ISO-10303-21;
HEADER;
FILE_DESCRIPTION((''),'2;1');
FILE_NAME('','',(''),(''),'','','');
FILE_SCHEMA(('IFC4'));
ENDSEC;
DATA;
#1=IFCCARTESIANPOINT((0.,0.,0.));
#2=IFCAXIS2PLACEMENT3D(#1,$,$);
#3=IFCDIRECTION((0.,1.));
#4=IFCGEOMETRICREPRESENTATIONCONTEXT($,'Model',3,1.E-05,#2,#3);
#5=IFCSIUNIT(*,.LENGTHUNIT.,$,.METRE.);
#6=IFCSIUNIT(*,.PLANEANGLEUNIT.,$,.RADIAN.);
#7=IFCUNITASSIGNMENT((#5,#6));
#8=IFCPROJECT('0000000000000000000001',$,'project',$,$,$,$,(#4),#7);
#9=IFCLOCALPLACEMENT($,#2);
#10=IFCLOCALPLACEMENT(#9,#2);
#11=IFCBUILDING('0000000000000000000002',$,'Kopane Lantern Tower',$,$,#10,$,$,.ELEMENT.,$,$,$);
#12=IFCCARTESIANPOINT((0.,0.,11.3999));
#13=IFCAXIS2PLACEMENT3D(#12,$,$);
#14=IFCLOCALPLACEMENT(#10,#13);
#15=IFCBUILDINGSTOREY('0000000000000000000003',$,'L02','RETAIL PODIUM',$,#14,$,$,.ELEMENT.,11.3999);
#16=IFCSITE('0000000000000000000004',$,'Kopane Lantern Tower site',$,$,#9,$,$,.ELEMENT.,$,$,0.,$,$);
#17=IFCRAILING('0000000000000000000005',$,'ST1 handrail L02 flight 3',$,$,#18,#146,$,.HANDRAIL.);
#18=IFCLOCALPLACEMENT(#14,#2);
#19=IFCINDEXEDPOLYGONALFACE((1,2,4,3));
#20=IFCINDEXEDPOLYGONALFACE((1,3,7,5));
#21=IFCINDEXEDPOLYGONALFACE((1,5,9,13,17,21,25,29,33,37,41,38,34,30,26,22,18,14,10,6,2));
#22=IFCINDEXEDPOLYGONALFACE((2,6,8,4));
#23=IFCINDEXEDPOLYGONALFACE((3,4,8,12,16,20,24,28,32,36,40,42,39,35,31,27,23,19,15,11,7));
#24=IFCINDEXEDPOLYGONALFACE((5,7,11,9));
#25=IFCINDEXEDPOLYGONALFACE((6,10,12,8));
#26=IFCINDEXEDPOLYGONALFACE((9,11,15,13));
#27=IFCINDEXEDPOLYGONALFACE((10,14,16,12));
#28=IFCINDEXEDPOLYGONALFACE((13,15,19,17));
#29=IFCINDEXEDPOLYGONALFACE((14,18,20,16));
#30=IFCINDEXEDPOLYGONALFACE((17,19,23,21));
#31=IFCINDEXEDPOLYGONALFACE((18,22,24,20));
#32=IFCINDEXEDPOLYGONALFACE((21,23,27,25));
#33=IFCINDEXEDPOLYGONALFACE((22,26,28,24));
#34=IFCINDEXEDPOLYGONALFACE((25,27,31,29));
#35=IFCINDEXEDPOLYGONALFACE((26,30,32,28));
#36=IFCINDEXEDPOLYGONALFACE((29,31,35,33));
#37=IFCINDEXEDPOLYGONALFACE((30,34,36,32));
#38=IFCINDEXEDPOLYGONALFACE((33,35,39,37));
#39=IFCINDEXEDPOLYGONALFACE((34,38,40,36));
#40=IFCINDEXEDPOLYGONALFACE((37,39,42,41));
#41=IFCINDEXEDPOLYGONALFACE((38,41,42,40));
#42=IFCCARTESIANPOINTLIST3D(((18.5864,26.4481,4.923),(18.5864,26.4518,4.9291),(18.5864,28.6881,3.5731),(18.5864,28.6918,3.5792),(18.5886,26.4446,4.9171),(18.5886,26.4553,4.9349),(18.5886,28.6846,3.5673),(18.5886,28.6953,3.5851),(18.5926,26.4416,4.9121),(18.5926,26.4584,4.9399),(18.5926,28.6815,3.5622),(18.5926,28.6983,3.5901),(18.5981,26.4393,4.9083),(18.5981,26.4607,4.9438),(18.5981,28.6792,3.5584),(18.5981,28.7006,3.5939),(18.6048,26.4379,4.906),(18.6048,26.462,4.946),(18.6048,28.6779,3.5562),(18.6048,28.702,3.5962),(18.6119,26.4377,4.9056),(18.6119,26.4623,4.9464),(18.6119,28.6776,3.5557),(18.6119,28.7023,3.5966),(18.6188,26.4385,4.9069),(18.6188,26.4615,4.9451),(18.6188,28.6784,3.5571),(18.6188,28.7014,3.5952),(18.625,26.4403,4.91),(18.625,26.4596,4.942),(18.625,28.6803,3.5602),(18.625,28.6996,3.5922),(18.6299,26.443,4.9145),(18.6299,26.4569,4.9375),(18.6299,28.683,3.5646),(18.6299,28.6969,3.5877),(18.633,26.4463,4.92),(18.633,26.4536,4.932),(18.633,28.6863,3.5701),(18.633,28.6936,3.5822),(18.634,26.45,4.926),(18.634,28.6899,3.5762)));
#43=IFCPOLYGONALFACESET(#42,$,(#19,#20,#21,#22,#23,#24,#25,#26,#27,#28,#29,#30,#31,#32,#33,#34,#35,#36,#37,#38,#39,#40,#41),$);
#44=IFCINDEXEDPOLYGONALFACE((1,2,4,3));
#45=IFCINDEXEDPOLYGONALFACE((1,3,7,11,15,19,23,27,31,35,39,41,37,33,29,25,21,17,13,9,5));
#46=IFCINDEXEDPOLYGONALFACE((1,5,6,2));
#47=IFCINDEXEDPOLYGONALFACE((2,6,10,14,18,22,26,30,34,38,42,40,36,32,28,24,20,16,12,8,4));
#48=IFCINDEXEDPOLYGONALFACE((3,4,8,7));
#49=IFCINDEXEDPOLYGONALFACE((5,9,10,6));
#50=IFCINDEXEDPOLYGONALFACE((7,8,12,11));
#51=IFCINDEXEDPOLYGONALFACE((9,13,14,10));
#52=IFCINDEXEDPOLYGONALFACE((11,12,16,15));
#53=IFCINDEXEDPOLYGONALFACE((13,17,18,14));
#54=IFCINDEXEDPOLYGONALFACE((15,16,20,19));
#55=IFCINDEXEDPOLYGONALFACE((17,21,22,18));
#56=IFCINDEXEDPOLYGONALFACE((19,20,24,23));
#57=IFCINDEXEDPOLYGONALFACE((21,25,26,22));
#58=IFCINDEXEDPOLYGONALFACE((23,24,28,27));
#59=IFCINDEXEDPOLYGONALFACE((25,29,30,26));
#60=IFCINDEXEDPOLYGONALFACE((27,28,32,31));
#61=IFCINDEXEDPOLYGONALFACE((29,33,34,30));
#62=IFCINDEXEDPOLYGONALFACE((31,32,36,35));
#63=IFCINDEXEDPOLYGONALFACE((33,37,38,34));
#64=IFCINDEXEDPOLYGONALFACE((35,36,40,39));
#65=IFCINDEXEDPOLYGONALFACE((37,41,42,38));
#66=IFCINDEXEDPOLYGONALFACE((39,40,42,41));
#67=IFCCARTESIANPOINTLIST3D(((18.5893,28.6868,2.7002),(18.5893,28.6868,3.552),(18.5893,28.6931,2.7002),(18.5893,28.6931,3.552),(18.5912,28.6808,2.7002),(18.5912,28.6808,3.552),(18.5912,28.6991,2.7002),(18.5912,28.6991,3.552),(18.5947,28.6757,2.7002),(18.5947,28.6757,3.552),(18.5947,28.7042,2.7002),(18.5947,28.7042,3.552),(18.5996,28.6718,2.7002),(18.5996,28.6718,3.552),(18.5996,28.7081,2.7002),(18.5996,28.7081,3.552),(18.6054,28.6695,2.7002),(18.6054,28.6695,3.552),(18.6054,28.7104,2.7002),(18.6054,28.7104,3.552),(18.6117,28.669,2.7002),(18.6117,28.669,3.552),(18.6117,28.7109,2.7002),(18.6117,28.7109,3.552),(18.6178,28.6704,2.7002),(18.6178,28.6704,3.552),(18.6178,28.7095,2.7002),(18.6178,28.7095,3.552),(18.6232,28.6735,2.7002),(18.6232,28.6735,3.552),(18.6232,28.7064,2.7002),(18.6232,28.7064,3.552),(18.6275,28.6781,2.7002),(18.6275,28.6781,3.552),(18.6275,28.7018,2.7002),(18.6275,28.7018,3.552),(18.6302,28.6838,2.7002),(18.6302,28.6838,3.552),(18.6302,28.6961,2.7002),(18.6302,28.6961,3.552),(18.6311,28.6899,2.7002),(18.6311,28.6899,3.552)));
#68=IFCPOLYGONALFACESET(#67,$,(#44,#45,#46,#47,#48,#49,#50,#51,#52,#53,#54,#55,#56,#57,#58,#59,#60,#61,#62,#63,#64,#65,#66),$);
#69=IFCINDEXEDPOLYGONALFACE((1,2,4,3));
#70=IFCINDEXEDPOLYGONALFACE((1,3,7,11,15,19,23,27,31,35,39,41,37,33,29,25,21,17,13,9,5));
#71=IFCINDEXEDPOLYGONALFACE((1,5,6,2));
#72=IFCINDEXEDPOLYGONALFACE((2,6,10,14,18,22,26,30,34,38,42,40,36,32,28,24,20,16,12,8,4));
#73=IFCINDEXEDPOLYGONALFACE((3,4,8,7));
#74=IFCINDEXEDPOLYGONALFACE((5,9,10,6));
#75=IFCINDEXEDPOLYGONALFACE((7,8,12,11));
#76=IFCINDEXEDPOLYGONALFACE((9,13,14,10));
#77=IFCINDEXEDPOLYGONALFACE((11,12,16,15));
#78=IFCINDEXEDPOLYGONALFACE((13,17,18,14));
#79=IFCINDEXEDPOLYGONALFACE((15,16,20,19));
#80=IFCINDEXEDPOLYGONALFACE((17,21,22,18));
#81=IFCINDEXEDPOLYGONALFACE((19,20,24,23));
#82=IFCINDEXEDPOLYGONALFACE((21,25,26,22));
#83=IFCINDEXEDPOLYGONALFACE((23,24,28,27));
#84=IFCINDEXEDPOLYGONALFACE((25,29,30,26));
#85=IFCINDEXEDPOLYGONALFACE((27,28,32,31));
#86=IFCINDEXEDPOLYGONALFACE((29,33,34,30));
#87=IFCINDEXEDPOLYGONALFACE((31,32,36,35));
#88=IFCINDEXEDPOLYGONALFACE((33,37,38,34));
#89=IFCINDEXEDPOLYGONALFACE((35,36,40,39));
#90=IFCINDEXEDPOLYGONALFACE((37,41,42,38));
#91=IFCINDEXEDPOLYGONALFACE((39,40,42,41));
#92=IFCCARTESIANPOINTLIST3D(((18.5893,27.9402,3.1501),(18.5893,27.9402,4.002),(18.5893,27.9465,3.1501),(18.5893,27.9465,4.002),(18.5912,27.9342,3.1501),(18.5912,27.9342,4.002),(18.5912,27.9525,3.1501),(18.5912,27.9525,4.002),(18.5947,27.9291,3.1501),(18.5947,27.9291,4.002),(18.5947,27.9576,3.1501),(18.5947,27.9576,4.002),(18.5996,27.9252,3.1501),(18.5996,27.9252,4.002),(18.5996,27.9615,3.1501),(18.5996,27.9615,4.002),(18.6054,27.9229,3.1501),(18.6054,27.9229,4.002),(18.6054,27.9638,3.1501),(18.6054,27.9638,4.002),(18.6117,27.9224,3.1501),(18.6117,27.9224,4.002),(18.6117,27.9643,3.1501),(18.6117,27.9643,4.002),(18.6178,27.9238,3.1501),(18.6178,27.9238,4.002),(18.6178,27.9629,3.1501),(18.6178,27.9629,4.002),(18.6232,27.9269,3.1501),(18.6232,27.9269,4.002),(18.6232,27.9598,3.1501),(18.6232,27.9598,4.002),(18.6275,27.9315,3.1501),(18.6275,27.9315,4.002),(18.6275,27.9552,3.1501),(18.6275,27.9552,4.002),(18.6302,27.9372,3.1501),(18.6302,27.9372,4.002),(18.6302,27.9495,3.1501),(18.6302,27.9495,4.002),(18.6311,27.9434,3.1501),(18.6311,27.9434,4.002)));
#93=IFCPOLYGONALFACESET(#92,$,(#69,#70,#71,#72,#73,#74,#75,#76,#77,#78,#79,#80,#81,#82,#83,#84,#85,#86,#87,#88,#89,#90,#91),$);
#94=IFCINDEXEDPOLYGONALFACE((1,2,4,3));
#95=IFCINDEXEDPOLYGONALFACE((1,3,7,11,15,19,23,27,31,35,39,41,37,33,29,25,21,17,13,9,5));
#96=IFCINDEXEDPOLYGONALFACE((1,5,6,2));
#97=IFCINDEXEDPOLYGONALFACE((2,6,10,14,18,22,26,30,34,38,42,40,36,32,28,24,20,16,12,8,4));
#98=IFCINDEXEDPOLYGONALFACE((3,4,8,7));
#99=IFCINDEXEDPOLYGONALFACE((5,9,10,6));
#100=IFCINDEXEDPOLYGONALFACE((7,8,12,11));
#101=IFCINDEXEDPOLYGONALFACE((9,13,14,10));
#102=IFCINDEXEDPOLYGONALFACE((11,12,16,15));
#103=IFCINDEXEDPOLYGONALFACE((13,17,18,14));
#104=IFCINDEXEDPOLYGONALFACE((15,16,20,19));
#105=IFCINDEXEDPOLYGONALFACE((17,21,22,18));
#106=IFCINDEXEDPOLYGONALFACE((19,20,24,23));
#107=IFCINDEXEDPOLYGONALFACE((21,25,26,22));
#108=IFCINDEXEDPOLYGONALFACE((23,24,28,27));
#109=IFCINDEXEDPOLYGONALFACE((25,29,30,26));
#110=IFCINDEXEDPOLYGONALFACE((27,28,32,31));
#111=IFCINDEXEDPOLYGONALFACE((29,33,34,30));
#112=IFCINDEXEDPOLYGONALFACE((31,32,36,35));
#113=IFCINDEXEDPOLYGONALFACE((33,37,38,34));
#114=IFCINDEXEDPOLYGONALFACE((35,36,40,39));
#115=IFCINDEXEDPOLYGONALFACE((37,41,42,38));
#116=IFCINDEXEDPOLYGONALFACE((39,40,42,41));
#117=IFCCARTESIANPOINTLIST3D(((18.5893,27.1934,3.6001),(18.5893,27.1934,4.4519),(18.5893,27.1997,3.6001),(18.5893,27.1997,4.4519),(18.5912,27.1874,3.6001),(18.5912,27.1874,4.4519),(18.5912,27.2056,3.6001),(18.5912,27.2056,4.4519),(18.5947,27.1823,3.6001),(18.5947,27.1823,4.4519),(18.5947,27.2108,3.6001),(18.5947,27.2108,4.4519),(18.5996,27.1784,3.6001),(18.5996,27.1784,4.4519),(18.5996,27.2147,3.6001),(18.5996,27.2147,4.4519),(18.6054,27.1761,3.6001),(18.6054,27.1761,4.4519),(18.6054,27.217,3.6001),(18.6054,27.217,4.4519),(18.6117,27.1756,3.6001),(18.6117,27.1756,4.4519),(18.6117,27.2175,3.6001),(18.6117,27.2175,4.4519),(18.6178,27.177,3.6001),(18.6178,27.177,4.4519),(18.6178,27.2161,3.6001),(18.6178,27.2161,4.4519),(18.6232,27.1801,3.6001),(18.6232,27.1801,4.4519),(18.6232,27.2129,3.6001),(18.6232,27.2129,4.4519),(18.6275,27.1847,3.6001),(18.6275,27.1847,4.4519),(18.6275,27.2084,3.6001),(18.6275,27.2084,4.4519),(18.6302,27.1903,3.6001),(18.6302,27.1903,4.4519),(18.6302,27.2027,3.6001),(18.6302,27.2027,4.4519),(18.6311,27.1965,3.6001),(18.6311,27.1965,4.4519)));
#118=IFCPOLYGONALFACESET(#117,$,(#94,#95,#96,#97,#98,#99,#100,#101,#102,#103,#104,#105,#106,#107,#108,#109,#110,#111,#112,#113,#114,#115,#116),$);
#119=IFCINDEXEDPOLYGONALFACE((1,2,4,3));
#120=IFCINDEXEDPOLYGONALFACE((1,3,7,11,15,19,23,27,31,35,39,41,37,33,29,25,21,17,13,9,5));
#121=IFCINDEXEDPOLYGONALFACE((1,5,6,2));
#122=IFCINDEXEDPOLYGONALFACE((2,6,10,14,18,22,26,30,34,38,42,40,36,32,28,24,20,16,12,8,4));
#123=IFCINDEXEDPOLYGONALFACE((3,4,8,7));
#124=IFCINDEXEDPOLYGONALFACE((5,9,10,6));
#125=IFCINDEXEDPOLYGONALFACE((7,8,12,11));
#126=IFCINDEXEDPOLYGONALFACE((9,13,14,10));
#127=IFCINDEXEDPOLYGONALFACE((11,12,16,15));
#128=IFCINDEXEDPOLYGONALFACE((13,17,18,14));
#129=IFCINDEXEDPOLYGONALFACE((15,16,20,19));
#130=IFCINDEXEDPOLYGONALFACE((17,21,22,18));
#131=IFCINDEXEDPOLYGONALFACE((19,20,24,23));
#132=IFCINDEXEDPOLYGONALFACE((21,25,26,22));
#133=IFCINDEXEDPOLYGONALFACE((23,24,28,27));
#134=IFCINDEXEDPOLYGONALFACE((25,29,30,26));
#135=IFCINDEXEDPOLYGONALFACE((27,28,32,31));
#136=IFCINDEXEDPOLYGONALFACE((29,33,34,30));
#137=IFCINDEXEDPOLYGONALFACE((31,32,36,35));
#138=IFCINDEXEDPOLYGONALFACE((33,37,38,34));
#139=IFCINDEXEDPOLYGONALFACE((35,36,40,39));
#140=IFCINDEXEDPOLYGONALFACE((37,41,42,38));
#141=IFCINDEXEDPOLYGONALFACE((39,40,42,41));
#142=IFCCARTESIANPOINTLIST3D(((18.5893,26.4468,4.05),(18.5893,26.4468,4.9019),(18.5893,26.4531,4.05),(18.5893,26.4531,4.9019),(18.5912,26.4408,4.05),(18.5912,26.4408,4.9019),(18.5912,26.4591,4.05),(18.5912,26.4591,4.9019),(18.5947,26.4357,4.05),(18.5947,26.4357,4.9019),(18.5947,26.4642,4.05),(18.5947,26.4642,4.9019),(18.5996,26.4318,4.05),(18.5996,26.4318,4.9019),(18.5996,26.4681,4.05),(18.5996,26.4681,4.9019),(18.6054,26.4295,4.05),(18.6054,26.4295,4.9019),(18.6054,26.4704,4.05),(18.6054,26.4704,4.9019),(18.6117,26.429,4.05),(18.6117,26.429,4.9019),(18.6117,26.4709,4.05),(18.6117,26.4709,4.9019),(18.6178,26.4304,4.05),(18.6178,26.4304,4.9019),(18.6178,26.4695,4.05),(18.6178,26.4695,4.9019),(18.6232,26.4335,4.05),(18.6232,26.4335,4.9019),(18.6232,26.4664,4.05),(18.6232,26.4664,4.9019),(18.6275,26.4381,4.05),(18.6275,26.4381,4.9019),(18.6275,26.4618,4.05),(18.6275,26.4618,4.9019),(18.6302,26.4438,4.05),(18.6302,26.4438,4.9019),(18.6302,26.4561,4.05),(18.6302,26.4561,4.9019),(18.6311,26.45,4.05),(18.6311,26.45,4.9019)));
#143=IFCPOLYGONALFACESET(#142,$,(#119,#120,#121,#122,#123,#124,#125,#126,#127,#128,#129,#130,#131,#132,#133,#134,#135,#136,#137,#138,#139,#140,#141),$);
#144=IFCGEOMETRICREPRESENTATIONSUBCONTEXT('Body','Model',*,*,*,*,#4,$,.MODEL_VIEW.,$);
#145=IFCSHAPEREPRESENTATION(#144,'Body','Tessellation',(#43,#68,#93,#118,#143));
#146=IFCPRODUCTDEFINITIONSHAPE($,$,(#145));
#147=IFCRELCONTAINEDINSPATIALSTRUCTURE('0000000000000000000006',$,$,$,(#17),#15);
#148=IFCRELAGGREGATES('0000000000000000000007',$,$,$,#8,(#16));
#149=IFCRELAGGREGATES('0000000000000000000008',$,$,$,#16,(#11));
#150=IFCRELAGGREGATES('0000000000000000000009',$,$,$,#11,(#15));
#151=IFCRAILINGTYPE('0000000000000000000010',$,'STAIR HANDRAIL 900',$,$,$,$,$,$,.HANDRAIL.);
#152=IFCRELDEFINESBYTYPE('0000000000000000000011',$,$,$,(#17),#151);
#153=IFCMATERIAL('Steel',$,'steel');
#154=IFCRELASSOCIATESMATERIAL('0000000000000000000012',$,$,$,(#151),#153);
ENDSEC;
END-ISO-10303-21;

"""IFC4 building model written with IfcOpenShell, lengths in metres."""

from ifc_helpers import new_model, si_unit, direction, frame, origin, origin_2d, place, context, subcontext, project, spatial, circle, extrude, material, type_object, element, save


model = new_model("IFC4")

# Units and contexts
model_context = context("Model", 3, precision=1e-05, world=origin(), true_north=direction((0.0, 1.0)))
body_context = subcontext(model_context, "Body", "Model", "MODEL_VIEW")
ifc_project = project(units=[si_unit("LENGTHUNIT", "METRE"), si_unit("PLANEANGLEUNIT", "RADIAN")], contexts=[model_context])

# Site, building, storey
site_placement = place(None, origin())
site = spatial("IfcSite", under=ifc_project, at=site_placement, Name="Kopane Lantern Tower site", CompositionType="ELEMENT", RefElevation=0.0)
building_placement = place(site_placement, origin())
building = spatial("IfcBuilding", under=site, at=building_placement, Name="Kopane Lantern Tower", CompositionType="ELEMENT")
storey_placement = place(building_placement, frame((0.0, 0.0, 11.3999)))
storey = spatial("IfcBuildingStorey", under=building, at=storey_placement, Name="L02", Description="RETAIL PODIUM", CompositionType="ELEMENT", Elevation=11.3999)

# Railing
ifc_material_1 = material(Name="Steel", Category="steel")
railing_type_1 = type_object("IfcRailingType", Name="STAIR HANDRAIL 900", PredefinedType="HANDRAIL", material=ifc_material_1)
for number, where, name in (
    (1, (18.6101, 28.6899, 2.7002), "ST1 handrail L02 flight 3"),
):
    element("IfcRailing", number, at=place(storey_placement, frame(where)), inside=storey, type_object=railing_type_1, Name=name, PredefinedType="HANDRAIL", context=body_context, shape_type="SweptSolid", body=[
        extrude(circle(Radius=0.0239, at=origin_2d()), frame((0.0, 0.0, 0.876), z_axis=(0.0, -0.856503, 0.516142), x_axis=(1.0, 0.0, 0.0)), (0.0, 0.0, 1.0), 2.6152),
        extrude(circle(Radius=0.021, at=origin_2d()), origin(), (0.0, 0.0, 1.0), 0.8518),
        extrude(circle(Radius=0.021, at=origin_2d()), frame((0.0, -0.7466, 0.45)), (0.0, 0.0, 1.0), 0.8518),
        extrude(circle(Radius=0.021, at=origin_2d()), frame((0.0, -1.4934, 0.8999)), (0.0, 0.0, 1.0), 0.8518),
        extrude(circle(Radius=0.021, at=origin_2d()), frame((0.0, -2.24, 1.3499)), (0.0, 0.0, 1.0), 0.8518),
    ])

save(model, "model.ifc")
